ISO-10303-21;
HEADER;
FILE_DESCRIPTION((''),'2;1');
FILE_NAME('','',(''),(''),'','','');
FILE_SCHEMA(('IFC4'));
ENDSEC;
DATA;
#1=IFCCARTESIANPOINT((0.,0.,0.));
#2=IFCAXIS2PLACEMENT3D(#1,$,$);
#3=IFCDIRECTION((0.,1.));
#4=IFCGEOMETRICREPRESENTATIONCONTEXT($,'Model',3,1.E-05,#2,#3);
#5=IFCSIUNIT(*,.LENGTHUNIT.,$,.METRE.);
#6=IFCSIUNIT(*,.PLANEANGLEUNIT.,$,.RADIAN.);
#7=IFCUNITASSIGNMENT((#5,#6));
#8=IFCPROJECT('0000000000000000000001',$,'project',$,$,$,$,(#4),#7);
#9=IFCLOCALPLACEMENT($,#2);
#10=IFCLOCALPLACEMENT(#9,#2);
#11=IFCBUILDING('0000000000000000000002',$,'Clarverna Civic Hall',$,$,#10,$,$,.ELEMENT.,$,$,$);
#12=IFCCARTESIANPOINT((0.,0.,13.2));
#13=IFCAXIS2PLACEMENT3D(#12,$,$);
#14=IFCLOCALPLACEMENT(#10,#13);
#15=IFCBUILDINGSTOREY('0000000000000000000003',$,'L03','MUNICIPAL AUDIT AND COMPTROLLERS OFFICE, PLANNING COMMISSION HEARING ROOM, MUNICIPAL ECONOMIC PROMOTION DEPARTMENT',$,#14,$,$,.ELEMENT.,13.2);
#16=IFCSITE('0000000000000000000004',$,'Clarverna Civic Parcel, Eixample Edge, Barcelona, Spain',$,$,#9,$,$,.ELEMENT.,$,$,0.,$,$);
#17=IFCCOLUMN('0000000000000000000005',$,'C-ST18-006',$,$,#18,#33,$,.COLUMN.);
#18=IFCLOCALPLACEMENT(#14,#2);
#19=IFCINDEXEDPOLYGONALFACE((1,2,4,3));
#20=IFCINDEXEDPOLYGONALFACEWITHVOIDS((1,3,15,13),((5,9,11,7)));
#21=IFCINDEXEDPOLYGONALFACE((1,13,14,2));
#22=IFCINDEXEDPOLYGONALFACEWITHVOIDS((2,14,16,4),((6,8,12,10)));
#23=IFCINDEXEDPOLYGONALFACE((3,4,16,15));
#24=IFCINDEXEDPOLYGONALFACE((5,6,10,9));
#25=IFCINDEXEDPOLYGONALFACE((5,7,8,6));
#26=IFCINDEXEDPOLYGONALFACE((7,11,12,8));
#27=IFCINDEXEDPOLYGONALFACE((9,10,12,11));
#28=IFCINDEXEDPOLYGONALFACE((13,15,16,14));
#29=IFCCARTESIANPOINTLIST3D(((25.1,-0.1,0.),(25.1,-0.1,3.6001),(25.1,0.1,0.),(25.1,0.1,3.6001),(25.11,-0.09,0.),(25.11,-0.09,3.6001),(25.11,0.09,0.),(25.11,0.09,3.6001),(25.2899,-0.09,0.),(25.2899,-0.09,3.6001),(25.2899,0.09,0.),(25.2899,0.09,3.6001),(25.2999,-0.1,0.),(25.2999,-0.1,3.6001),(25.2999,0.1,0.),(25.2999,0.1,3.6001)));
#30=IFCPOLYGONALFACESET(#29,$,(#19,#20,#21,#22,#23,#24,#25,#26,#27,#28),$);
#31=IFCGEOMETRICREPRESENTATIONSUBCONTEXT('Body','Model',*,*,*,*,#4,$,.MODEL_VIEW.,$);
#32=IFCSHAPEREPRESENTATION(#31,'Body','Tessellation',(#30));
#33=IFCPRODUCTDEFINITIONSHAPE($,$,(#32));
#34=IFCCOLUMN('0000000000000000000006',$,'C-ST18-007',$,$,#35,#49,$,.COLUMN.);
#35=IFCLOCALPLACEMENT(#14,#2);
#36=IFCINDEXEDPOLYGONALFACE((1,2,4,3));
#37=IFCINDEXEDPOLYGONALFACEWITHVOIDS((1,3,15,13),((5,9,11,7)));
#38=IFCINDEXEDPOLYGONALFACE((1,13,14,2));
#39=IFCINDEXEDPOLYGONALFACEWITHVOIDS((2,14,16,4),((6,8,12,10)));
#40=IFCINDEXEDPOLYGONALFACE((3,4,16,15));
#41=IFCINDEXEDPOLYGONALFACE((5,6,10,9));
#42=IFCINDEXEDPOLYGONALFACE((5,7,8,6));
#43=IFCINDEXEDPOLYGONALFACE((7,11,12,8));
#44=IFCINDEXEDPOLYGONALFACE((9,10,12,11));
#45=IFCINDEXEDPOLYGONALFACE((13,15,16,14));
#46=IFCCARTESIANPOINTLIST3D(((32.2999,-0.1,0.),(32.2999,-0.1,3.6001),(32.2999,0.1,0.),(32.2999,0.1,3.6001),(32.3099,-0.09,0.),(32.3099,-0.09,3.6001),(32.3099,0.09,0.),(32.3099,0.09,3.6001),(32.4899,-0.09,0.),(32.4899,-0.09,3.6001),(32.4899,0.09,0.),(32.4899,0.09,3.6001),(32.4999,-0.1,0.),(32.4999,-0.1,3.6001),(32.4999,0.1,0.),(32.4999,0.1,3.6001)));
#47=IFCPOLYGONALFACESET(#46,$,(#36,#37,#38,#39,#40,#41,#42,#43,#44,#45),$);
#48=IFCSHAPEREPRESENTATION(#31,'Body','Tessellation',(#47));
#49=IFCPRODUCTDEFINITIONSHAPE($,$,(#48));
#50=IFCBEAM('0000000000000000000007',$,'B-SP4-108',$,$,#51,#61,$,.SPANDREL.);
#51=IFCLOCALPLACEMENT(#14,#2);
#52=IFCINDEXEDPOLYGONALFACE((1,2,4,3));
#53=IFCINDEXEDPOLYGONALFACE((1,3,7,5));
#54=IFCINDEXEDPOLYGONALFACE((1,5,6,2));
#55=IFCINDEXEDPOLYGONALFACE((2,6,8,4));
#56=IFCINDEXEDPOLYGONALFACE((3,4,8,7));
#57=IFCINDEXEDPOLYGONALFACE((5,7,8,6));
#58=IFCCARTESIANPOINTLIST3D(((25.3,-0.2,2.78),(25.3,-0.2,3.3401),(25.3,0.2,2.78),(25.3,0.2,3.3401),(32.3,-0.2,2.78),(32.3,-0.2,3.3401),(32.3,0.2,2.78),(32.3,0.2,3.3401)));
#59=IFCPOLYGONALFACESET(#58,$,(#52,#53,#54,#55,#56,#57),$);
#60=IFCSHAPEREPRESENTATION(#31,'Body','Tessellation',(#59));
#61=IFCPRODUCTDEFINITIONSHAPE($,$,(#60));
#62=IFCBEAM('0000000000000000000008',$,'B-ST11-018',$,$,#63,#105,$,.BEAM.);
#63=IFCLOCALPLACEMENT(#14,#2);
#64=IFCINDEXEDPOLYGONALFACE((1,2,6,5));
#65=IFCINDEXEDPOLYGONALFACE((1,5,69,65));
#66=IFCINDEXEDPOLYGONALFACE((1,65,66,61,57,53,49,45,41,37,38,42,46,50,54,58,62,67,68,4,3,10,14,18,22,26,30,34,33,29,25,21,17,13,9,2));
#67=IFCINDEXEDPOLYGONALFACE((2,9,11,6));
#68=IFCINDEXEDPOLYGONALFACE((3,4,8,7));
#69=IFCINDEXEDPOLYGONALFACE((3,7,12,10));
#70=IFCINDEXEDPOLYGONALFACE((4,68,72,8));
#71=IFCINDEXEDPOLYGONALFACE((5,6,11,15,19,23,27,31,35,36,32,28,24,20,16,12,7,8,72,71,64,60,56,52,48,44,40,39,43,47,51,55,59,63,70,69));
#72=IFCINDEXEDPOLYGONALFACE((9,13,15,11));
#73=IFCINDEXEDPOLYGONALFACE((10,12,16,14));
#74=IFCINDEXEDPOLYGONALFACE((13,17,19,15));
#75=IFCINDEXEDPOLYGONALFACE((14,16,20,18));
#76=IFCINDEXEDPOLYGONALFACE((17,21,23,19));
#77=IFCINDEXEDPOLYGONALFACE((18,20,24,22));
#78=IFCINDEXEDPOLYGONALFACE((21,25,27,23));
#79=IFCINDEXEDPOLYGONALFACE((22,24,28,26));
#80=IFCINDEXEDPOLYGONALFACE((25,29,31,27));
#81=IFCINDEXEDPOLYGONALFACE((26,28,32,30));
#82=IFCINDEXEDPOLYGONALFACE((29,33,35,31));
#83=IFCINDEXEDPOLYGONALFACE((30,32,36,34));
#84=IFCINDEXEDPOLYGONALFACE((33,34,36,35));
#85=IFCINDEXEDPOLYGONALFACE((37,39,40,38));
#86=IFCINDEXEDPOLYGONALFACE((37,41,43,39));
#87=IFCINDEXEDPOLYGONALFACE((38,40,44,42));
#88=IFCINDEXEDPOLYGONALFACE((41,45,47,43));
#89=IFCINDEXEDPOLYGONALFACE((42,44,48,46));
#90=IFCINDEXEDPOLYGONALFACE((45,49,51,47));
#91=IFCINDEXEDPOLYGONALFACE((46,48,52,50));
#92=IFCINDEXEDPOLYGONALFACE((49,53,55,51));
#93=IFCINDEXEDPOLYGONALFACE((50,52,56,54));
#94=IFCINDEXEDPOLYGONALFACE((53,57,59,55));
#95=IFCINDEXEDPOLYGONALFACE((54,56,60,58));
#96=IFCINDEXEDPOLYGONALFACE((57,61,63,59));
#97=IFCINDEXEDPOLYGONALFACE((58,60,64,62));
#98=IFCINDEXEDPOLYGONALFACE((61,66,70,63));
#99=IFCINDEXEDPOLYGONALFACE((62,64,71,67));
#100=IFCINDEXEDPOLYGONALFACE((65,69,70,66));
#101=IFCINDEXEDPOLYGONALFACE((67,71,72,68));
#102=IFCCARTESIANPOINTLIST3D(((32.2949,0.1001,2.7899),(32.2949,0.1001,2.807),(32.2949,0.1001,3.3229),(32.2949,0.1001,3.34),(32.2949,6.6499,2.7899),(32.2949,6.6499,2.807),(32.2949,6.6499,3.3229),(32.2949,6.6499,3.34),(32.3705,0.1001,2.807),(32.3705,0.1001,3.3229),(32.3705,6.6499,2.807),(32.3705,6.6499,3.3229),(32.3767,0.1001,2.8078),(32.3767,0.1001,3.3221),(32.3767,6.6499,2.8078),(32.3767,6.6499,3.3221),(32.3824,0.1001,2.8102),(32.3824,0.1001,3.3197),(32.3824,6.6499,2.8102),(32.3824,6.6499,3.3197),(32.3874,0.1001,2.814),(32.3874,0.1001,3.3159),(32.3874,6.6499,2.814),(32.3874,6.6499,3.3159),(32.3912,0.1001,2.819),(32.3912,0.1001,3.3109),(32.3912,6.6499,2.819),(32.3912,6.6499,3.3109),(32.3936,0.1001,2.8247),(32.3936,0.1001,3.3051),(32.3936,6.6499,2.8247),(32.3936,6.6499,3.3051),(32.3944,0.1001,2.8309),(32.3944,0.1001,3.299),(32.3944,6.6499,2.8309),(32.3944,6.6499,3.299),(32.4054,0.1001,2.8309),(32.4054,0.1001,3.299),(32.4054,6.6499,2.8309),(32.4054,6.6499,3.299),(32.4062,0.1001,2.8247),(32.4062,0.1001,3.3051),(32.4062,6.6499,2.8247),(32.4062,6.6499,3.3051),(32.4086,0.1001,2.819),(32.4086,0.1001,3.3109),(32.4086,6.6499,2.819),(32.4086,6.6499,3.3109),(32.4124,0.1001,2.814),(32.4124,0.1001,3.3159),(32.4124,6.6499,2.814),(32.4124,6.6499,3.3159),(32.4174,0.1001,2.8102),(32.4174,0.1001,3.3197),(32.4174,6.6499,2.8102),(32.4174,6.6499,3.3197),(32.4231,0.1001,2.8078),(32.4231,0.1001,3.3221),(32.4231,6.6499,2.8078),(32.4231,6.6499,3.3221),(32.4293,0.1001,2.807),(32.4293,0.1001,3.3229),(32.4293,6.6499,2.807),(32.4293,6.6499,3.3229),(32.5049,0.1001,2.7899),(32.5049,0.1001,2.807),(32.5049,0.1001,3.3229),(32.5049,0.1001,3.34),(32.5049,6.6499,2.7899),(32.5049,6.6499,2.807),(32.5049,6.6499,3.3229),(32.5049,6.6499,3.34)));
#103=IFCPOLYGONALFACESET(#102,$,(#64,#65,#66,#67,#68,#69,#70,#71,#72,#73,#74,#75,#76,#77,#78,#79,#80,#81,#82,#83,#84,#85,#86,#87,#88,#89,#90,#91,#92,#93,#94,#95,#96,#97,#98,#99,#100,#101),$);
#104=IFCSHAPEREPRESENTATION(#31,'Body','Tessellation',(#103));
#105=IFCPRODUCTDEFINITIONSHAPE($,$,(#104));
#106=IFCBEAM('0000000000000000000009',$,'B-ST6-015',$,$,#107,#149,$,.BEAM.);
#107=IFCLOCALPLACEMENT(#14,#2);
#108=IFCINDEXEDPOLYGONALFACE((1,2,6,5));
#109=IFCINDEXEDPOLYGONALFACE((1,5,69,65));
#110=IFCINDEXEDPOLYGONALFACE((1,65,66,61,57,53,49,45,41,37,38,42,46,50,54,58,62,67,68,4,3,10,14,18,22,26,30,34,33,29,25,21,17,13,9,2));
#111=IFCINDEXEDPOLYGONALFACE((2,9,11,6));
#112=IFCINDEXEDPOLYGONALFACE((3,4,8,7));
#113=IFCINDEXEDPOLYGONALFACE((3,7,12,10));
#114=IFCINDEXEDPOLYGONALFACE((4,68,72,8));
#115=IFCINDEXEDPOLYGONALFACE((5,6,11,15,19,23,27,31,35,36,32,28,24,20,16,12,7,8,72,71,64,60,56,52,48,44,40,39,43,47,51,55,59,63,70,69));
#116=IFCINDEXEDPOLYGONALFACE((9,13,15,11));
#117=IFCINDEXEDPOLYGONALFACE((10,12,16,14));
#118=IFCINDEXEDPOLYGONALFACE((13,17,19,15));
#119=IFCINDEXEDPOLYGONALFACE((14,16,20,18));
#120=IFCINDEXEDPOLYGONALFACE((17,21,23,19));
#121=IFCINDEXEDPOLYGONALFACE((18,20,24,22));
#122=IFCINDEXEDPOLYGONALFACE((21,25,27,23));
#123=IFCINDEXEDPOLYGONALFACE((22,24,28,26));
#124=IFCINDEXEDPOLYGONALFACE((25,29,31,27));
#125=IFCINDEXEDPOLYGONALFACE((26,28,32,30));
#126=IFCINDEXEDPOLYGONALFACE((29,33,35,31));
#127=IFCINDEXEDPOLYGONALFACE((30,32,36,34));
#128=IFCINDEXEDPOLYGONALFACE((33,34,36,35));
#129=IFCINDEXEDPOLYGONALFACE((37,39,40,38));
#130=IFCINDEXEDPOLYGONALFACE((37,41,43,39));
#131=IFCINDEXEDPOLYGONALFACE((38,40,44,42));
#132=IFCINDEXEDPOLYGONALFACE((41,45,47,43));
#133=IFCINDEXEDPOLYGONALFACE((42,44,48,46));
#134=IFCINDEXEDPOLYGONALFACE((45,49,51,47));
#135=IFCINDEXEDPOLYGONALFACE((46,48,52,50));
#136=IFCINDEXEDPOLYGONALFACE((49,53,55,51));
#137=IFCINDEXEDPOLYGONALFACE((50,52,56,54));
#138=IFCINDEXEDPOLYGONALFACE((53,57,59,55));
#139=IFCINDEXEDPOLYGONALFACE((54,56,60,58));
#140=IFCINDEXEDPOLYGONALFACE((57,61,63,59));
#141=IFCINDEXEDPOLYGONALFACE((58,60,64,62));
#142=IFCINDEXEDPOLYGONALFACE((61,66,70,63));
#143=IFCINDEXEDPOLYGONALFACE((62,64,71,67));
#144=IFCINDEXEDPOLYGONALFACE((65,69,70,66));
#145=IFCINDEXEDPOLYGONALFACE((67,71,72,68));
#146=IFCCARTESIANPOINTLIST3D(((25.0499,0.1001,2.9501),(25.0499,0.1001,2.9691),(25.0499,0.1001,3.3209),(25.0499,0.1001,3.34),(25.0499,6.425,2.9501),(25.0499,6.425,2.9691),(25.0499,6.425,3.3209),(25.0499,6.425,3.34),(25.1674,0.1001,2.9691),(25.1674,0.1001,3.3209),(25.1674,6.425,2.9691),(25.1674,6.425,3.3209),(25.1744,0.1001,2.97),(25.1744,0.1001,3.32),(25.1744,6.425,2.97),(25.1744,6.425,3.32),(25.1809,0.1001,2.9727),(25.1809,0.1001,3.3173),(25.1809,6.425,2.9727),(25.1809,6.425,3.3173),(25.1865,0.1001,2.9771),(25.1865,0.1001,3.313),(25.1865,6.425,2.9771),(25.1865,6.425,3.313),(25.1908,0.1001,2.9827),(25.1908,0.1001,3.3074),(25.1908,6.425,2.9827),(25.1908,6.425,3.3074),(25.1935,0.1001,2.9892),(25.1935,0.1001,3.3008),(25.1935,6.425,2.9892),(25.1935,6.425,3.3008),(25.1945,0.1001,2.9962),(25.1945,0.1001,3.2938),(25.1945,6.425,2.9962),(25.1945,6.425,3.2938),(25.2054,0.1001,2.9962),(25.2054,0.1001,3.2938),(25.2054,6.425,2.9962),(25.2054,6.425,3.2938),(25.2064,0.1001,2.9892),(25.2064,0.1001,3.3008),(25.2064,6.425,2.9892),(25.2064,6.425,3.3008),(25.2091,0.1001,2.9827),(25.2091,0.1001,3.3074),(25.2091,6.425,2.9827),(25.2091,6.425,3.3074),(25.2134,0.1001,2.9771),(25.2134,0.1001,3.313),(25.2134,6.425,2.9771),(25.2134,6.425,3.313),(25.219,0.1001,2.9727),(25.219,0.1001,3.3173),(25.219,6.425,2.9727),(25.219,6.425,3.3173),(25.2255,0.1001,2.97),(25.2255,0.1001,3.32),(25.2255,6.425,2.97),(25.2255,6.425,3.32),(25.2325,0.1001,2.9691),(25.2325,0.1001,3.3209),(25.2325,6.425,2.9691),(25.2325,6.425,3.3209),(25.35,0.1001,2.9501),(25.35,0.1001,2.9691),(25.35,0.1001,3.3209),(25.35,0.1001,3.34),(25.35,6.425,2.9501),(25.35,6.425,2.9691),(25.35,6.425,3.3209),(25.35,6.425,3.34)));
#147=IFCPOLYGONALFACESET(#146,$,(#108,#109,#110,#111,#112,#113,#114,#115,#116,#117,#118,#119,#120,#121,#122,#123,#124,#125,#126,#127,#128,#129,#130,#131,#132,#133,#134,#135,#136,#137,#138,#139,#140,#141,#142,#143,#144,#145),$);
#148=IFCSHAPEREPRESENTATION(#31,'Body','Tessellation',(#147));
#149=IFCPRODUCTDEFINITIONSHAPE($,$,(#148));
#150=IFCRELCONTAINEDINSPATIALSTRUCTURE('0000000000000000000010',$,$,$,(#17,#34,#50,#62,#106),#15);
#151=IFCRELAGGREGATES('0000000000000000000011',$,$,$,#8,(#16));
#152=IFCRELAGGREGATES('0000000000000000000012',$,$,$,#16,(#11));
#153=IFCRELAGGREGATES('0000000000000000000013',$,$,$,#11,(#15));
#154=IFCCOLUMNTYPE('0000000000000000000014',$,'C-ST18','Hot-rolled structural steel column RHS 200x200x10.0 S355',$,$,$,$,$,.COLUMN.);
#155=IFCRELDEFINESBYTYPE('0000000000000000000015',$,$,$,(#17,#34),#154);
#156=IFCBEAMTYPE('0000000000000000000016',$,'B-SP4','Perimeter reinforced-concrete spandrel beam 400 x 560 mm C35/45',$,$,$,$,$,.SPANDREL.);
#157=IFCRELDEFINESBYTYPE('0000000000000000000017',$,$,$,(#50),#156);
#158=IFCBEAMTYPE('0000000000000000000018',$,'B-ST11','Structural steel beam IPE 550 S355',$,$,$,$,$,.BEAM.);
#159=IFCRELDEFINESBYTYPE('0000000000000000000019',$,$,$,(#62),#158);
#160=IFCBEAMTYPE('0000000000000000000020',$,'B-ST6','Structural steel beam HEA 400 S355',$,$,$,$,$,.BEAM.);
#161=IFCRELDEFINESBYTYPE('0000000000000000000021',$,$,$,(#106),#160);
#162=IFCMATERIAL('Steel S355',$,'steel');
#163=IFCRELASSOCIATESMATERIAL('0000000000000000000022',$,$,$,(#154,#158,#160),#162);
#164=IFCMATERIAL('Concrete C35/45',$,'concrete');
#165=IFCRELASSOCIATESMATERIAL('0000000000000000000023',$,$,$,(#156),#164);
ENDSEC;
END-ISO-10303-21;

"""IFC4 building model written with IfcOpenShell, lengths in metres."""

from ifc_helpers import new_model, si_unit, direction, frame, origin, origin_2d, place, context, subcontext, project, spatial, rectangle, hollow_rectangle, i_section, extrude, material, material_profile, profile_set, type_object, element, save


model = new_model("IFC4")

# Units and contexts
model_context = context("Model", 3, precision=1e-05, world=origin(), true_north=direction((0.0, 1.0)))
body_context = subcontext(model_context, "Body", "Model", "MODEL_VIEW")
ifc_project = project(units=[si_unit("LENGTHUNIT", "METRE"), si_unit("PLANEANGLEUNIT", "RADIAN")], contexts=[model_context])

# Site, building, storey
site_placement = place(None, origin())
site = spatial("IfcSite", under=ifc_project, at=site_placement, Name="Clarverna Civic Parcel, Eixample Edge, Barcelona, Spain", CompositionType="ELEMENT", RefElevation=0.0)
building_placement = place(site_placement, origin())
building = spatial("IfcBuilding", under=site, at=building_placement, Name="Clarverna Civic Hall", CompositionType="ELEMENT")
storey_placement = place(building_placement, frame((0.0, 0.0, 13.2)))
storey = spatial("IfcBuildingStorey", under=building, at=storey_placement, Name="L03", Description="MUNICIPAL AUDIT AND COMPTROLLERS OFFICE, PLANNING COMMISSION HEARING ROOM, MUNICIPAL ECONOMIC PROMOTION DEPARTMENT", CompositionType="ELEMENT", Elevation=13.2)

# Columns
ifc_material_1 = material(Name="Steel S355", Category="steel")
ifc_material_profile_1 = material_profile(ifc_material_1, hollow_rectangle(XDim=0.2, YDim=0.2, WallThickness=0.01, at=origin_2d()), Name="RHS 200x200x10.0")
ifc_profile_set_1 = profile_set([ifc_material_profile_1], Name="Steel S355")
column_type = type_object("IfcColumnType", Name="C-ST18", Description="Hot-rolled structural steel column RHS 200x200x10.0 S355", PredefinedType="COLUMN", material=ifc_profile_set_1)
for number, where, z_axis, x_axis, name in (
    (1, (25.2, 0.0, 0.0), (0.0, 0.0, 1.0), (1.0, 0.0, 0.0), "C-ST18-006"),
    (2, (32.3999, 0.0, 0.0), (0.0, 0.0, 1.0), (1.0, 0.0, 0.0), "C-ST18-007"),
):
    element("IfcColumn", number, at=place(storey_placement, frame(where, z_axis=z_axis, x_axis=x_axis)), inside=storey, type_object=column_type, Name=name, PredefinedType="COLUMN", context=body_context, shape_type="SweptSolid", body=[
        extrude(hollow_rectangle(XDim=0.2, YDim=0.2, WallThickness=0.01, at=origin_2d()), origin(), (0.0, 0.0, 1.0), 3.6001),
    ])

# Beams
ifc_material_2 = material(Name="Concrete C35/45", Category="concrete")
ifc_material_profile_2 = material_profile(ifc_material_2, rectangle(XDim=0.3999, YDim=0.5601, at=origin_2d()), Name="RC 400x560")
ifc_profile_set_2 = profile_set([ifc_material_profile_2], Name="Concrete C35/45")
beam_type_1 = type_object("IfcBeamType", Name="B-SP4", Description="Perimeter reinforced-concrete spandrel beam 400 x 560 mm C35/45", PredefinedType="SPANDREL", material=ifc_profile_set_2)
beam_1_placement = place(storey_placement, frame((25.3, 0.0, 3.0601), z_axis=(1.0, 0.0, 0.0), x_axis=(0.0, 1.0, 0.0)))
element("IfcBeam", 3, at=beam_1_placement, inside=storey, type_object=beam_type_1, Name="B-SP4-108", PredefinedType="SPANDREL", context=body_context, shape_type="SweptSolid", body=[
    extrude(rectangle(XDim=0.3999, YDim=0.5601, at=origin_2d()), origin(), (0.0, 0.0, 1.0), 7.0),
])
ifc_material_profile_3 = material_profile(ifc_material_1, i_section(OverallWidth=0.21, OverallDepth=0.55, WebThickness=0.011, FlangeThickness=0.0171, FilletRadius=0.0239, at=origin_2d()), Name="IPE 550")
ifc_profile_set_3 = profile_set([ifc_material_profile_3], Name="Steel S355")
beam_type_2 = type_object("IfcBeamType", Name="B-ST11", Description="Structural steel beam IPE 550 S355", PredefinedType="BEAM", material=ifc_profile_set_3)
beam_2_placement = place(storey_placement, frame((32.3999, 0.1001, 3.0649), z_axis=(0.0, 1.0, 0.0), x_axis=(-1.0, 0.0, 0.0)))
element("IfcBeam", 4, at=beam_2_placement, inside=storey, type_object=beam_type_2, Name="B-ST11-018", PredefinedType="BEAM", context=body_context, shape_type="SweptSolid", body=[
    extrude(i_section(OverallWidth=0.21, OverallDepth=0.55, WebThickness=0.011, FlangeThickness=0.0171, FilletRadius=0.0239, at=origin_2d()), origin(), (0.0, 0.0, 1.0), 6.5498),
])
ifc_material_profile_4 = material_profile(ifc_material_1, i_section(OverallWidth=0.3, OverallDepth=0.3899, WebThickness=0.011, FlangeThickness=0.019, FilletRadius=0.0271, at=origin_2d()), Name="HEA 400")
ifc_profile_set_4 = profile_set([ifc_material_profile_4], Name="Steel S355")
beam_type_3 = type_object("IfcBeamType", Name="B-ST6", Description="Structural steel beam HEA 400 S355", PredefinedType="BEAM", material=ifc_profile_set_4)
beam_3_placement = place(storey_placement, frame((25.2, 0.1001, 3.145), z_axis=(0.0, 1.0, 0.0), x_axis=(-1.0, 0.0, 0.0)))
element("IfcBeam", 5, at=beam_3_placement, inside=storey, type_object=beam_type_3, Name="B-ST6-015", PredefinedType="BEAM", context=body_context, shape_type="SweptSolid", body=[
    extrude(i_section(OverallWidth=0.3, OverallDepth=0.3899, WebThickness=0.011, FlangeThickness=0.019, FilletRadius=0.0271, at=origin_2d()), origin(), (0.0, 0.0, 1.0), 6.325),
])

save(model, "model.ifc")
